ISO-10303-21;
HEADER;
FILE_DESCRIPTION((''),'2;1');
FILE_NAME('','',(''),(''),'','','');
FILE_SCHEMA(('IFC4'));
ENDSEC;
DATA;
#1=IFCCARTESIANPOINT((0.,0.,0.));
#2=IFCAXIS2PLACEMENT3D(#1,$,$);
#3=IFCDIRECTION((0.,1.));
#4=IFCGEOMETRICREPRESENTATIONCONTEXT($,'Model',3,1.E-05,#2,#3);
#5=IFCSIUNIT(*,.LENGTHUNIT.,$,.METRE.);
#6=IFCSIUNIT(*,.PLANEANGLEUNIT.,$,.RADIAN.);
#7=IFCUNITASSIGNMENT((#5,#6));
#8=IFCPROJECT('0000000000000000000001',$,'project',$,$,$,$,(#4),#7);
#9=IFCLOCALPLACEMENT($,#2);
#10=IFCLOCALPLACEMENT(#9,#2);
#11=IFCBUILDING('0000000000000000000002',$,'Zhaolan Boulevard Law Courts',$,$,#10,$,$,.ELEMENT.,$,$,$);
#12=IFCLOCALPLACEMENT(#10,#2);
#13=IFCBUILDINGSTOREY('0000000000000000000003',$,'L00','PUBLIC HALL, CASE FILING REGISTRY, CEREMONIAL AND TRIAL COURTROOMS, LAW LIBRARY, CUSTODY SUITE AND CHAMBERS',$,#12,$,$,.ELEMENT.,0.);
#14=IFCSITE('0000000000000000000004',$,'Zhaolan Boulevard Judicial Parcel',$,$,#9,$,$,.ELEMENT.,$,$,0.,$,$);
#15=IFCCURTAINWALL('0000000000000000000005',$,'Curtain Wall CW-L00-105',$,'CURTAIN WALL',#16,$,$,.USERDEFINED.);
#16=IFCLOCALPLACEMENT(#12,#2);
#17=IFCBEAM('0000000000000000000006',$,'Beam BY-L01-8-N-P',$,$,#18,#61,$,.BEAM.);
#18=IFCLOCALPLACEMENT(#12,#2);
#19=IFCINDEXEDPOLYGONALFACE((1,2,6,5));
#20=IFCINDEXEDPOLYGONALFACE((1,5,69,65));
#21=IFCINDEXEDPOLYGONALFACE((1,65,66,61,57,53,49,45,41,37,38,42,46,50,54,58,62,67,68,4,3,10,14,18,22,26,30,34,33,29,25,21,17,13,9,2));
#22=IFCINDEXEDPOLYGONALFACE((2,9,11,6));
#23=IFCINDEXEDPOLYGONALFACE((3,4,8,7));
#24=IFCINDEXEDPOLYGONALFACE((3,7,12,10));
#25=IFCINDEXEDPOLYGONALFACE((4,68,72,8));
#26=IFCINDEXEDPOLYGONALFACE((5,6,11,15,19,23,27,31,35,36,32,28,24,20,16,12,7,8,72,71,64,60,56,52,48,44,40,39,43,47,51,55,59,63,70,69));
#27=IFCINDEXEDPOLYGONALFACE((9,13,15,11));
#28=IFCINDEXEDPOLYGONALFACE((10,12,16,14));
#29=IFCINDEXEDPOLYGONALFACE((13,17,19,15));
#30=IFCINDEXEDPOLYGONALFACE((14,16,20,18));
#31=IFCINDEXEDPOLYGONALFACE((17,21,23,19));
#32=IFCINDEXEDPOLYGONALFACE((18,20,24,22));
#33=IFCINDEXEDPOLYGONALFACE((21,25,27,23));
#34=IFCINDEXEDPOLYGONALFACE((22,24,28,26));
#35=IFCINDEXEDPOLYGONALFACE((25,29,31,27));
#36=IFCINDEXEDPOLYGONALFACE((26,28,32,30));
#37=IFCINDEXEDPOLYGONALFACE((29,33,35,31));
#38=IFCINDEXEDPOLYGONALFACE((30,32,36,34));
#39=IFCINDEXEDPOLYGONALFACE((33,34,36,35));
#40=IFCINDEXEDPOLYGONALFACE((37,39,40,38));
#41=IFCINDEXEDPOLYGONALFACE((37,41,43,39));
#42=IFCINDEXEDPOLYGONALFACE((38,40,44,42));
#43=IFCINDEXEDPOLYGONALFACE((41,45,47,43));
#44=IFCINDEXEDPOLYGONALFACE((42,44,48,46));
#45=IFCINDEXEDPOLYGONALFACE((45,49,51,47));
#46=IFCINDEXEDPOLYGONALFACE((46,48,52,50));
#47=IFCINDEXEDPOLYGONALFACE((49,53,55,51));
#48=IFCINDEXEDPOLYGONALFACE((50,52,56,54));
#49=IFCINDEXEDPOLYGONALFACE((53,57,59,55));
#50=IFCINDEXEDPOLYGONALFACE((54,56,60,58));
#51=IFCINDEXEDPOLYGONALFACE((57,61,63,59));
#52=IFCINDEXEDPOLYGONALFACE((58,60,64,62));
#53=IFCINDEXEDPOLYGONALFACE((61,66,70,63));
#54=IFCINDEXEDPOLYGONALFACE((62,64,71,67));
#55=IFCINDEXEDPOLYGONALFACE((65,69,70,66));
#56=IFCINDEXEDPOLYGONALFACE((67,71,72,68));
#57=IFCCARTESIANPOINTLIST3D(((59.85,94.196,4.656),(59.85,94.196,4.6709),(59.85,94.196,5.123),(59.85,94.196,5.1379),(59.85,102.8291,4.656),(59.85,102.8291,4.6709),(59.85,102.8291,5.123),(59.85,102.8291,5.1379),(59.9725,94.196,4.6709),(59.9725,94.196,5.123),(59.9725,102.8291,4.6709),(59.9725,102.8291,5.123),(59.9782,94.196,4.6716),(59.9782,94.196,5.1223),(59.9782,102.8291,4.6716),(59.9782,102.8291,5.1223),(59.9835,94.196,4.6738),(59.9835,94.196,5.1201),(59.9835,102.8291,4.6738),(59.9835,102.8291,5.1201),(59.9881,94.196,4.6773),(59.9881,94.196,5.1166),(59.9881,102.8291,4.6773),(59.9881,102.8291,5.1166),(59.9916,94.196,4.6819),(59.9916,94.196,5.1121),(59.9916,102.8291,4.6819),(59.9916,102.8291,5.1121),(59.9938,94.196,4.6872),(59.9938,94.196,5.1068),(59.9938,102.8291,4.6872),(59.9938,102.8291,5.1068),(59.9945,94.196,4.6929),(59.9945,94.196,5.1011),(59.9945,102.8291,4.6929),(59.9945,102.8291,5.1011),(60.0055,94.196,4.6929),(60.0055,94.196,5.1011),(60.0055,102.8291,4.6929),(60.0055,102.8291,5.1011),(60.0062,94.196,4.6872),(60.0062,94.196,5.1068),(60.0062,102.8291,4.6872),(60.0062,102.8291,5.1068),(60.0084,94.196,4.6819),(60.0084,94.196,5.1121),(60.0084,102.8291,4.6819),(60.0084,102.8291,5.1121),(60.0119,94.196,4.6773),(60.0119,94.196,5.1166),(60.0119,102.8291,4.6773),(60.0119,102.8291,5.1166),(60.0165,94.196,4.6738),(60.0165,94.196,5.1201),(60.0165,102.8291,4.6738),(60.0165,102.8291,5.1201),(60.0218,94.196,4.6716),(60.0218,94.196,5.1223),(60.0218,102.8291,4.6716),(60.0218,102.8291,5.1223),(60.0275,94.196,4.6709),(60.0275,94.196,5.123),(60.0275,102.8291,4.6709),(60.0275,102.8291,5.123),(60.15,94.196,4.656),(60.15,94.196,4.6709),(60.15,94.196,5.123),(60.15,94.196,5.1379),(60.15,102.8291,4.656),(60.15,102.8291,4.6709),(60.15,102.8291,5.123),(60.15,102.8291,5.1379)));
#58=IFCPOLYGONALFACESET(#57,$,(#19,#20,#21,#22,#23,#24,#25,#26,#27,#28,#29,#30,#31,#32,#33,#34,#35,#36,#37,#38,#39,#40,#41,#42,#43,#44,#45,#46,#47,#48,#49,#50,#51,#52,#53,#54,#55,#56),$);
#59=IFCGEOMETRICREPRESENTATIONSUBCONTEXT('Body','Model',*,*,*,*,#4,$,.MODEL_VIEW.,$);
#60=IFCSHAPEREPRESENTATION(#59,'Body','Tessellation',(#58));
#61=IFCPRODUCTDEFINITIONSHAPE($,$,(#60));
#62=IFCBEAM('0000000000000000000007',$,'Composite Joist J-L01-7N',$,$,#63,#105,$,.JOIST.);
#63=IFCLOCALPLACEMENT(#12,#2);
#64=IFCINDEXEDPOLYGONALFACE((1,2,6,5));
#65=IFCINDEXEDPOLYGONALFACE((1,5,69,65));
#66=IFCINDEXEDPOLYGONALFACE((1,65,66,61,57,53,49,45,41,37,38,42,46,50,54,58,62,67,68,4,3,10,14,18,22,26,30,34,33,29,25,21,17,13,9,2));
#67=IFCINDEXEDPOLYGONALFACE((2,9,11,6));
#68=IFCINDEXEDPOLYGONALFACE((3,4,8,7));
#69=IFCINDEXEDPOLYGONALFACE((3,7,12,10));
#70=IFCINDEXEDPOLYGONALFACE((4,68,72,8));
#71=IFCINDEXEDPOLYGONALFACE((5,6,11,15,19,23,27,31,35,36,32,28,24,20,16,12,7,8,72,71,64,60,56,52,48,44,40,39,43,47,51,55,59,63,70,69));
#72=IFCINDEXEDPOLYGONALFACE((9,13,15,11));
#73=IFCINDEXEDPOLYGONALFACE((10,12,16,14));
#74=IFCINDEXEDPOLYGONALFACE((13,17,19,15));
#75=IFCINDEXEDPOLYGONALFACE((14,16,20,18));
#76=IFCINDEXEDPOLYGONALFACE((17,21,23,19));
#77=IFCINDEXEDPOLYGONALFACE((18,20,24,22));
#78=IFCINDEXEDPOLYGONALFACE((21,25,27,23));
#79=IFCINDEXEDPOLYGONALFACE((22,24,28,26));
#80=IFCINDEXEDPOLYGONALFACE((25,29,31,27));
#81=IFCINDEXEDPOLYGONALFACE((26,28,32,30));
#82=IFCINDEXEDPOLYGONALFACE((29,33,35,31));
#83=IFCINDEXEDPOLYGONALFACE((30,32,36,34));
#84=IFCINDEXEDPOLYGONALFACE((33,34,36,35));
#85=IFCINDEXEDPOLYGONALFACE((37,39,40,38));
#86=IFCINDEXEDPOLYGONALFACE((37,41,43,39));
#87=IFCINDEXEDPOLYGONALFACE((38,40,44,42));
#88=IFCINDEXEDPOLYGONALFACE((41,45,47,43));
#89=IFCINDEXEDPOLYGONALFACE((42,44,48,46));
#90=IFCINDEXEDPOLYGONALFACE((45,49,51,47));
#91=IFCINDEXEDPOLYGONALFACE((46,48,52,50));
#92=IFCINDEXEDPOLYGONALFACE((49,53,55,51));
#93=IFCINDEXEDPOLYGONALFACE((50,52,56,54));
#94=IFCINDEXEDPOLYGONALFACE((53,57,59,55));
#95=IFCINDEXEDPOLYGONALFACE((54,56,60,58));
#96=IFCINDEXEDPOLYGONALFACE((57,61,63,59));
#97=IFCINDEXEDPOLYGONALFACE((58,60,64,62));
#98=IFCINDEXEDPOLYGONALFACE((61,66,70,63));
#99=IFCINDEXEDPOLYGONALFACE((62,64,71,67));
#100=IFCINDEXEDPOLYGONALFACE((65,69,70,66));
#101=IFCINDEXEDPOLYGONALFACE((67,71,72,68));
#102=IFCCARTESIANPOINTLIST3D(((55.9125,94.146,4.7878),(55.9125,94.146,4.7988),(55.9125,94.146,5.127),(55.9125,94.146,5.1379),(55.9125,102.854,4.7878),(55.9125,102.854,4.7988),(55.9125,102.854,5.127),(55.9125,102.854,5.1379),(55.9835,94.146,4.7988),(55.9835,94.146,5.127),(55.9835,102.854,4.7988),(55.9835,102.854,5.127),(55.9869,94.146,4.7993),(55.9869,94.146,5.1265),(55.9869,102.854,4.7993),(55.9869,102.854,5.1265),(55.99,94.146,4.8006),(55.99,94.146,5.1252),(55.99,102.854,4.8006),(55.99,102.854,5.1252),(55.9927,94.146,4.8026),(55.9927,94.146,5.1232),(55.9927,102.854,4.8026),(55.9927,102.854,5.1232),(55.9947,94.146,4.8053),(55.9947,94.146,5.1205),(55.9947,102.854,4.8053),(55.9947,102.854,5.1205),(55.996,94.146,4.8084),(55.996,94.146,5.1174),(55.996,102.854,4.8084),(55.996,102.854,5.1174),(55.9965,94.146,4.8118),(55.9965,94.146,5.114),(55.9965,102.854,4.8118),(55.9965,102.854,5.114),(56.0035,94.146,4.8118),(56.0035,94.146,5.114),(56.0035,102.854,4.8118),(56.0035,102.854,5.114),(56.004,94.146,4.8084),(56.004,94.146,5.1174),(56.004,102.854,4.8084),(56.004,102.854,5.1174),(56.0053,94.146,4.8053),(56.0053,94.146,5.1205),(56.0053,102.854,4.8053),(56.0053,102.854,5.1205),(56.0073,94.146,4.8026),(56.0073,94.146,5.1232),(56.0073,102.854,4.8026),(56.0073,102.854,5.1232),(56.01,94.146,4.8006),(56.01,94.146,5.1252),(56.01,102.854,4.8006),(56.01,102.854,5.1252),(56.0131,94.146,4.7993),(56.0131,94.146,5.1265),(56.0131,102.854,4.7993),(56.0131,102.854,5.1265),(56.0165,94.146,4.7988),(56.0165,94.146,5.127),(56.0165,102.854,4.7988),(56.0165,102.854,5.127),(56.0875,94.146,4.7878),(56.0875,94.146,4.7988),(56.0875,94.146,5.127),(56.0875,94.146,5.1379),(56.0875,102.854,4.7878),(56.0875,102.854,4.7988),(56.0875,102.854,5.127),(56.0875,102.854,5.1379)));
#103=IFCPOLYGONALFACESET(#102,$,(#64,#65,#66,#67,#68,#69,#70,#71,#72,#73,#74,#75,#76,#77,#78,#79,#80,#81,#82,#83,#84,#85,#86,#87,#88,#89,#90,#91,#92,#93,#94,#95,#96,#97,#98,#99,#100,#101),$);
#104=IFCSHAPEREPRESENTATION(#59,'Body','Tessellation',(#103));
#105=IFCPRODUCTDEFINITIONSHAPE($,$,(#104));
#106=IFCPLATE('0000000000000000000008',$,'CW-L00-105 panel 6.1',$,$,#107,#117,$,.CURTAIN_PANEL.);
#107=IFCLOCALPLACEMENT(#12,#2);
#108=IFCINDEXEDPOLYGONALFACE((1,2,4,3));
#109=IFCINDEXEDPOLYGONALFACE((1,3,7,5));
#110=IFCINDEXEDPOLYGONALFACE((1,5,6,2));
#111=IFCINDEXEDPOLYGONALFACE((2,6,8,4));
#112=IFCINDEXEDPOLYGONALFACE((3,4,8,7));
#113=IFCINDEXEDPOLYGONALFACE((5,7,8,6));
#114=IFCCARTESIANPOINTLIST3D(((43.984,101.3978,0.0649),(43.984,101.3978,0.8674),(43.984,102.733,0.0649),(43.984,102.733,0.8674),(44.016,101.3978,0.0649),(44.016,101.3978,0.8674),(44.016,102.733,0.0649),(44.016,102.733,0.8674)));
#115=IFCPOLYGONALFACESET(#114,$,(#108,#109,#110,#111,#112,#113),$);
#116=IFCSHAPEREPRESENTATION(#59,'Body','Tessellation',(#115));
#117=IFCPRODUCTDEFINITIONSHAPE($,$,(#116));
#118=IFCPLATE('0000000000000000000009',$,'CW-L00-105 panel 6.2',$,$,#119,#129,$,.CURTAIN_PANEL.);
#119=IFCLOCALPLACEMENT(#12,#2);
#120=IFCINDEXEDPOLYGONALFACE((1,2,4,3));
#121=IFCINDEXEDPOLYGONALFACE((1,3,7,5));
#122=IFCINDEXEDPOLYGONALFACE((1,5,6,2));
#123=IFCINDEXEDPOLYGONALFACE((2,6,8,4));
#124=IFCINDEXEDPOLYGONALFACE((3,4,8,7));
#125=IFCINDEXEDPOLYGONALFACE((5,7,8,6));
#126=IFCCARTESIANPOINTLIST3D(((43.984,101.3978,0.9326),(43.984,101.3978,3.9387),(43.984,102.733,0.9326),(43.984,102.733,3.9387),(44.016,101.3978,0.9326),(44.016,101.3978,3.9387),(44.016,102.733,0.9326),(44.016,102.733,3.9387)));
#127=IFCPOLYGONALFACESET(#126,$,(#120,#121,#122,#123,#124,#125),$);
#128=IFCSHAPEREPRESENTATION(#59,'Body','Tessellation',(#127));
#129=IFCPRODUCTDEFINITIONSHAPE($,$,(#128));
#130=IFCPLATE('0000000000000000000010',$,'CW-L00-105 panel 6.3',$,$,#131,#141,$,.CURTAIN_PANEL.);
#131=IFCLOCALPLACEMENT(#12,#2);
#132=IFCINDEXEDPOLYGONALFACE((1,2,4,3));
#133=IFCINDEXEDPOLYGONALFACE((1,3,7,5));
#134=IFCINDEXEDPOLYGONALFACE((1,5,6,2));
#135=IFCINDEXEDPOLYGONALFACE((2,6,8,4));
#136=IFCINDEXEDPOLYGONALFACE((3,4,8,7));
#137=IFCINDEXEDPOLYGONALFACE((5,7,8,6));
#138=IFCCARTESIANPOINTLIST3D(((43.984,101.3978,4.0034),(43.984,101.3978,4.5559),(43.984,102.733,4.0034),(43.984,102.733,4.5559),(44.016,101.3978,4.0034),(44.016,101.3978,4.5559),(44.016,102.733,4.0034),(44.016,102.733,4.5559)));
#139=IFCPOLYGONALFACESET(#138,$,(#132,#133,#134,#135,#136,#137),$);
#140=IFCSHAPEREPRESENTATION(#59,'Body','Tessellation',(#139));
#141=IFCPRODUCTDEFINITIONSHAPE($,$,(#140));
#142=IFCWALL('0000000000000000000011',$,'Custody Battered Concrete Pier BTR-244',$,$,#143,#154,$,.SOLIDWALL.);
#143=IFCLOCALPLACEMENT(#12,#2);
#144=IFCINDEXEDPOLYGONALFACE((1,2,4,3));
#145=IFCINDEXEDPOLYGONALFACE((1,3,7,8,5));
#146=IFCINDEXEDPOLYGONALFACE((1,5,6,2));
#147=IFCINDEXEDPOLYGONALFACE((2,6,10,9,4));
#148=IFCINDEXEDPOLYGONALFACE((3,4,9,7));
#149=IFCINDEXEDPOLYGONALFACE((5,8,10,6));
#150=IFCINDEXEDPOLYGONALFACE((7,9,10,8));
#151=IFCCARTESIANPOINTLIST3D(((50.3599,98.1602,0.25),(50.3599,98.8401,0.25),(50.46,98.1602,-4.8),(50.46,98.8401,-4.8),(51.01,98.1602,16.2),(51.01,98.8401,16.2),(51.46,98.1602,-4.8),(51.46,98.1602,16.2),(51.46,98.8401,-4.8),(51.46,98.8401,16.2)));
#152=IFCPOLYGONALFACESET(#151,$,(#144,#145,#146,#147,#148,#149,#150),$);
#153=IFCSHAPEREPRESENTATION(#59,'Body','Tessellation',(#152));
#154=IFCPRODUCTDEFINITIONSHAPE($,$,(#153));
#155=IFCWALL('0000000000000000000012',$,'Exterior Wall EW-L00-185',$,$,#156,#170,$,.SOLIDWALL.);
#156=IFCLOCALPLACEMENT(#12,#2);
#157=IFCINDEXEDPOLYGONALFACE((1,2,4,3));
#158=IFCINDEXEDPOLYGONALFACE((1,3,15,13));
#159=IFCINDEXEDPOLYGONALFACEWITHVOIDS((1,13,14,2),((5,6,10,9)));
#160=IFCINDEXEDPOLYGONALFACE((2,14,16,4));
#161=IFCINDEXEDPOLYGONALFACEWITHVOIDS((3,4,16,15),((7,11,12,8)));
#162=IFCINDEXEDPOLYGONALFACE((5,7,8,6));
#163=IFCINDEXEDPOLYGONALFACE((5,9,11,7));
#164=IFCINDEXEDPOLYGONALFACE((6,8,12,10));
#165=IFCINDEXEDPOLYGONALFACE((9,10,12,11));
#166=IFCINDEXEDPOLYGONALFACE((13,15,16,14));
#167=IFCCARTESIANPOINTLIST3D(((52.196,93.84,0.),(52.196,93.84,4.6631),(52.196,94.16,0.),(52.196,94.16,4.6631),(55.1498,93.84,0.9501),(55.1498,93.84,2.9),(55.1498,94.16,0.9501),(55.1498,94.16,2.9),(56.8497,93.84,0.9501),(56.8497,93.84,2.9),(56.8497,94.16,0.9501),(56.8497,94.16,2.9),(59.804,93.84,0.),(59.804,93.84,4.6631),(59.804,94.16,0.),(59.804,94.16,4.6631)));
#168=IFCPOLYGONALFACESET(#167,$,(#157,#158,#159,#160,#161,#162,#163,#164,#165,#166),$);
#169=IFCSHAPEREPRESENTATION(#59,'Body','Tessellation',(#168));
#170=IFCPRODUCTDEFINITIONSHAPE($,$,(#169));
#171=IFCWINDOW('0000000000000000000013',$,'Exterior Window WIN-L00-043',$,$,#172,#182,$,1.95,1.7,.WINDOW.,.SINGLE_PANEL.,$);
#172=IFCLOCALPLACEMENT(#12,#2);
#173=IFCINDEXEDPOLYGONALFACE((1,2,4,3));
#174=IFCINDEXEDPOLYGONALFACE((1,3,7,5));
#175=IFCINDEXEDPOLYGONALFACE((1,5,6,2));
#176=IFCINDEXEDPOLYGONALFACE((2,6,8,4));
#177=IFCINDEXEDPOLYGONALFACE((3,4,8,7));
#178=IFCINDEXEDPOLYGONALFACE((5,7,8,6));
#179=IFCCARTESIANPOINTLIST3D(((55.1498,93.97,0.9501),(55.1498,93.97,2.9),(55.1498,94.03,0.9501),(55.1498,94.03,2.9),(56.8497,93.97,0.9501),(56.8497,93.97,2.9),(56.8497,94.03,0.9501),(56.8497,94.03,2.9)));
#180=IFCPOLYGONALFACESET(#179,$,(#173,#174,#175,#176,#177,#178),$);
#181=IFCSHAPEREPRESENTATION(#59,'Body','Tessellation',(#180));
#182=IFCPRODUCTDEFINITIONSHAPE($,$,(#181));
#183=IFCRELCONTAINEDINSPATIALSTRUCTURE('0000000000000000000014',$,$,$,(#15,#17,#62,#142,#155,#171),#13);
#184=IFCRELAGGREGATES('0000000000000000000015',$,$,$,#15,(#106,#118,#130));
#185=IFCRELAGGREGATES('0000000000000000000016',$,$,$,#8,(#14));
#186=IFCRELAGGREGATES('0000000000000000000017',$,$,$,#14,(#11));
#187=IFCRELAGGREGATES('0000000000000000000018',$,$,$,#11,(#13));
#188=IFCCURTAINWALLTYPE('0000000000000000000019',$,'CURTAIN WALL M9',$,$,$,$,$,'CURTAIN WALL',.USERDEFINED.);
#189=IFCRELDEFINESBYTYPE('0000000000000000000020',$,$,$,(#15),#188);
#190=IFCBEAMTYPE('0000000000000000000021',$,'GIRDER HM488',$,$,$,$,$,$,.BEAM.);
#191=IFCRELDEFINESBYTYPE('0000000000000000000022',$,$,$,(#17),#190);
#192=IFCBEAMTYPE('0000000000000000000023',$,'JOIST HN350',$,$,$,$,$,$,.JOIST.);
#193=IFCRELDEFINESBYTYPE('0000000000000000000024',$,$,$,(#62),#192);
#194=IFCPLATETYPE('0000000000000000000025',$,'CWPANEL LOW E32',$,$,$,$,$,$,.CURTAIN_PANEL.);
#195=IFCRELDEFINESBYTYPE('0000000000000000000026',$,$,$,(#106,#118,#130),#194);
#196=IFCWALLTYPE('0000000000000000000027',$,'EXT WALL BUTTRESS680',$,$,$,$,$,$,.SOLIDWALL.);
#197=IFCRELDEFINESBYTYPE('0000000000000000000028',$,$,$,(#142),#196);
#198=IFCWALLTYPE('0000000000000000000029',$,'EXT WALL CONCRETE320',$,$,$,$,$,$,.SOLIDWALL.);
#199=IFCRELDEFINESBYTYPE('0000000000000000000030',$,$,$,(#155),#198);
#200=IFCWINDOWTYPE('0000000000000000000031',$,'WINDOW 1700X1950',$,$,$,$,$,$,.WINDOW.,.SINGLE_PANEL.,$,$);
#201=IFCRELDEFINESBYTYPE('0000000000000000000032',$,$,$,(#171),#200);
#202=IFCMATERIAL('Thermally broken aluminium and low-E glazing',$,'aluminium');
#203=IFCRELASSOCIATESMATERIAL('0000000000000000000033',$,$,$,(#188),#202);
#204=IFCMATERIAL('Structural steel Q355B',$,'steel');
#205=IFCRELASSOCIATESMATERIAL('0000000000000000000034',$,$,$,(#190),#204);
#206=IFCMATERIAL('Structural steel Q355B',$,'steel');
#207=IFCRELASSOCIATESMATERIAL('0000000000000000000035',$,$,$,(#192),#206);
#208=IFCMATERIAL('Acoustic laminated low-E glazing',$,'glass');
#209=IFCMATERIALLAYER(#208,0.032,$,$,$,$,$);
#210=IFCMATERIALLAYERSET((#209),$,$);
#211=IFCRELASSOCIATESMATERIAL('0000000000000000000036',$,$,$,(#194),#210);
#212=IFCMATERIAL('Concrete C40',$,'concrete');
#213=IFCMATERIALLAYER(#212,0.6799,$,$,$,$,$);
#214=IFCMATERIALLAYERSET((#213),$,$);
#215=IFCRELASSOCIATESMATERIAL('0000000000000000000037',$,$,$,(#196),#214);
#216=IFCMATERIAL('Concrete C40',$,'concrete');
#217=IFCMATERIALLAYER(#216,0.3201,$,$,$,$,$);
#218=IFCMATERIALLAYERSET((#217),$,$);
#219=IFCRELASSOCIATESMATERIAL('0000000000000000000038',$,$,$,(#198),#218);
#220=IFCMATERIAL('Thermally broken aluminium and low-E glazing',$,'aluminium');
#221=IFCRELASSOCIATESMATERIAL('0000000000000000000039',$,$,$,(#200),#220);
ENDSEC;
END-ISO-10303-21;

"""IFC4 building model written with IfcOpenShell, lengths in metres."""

from ifc_helpers import new_model, si_unit, direction, frame, frame_2d, origin, origin_2d, place, context, subcontext, project, spatial, polyline, rectangle, i_section, outline, extrude, material, layer, layer_set, material_profile, profile_set, type_object, element, fill, aggregate, save


model = new_model("IFC4")

# Units and contexts
model_context = context("Model", 3, precision=1e-05, world=origin(), true_north=direction((0.0, 1.0)))
body_context = subcontext(model_context, "Body", "Model", "MODEL_VIEW")
ifc_project = project(units=[si_unit("LENGTHUNIT", "METRE"), si_unit("PLANEANGLEUNIT", "RADIAN")], contexts=[model_context])

# Site, building, storey
site_placement = place(None, origin())
site = spatial("IfcSite", under=ifc_project, at=site_placement, Name="Zhaolan Boulevard Judicial Parcel", CompositionType="ELEMENT", RefElevation=0.0)
building_placement = place(site_placement, origin())
building = spatial("IfcBuilding", under=site, at=building_placement, Name="Zhaolan Boulevard Law Courts", CompositionType="ELEMENT")
storey_placement = place(building_placement, origin())
storey = spatial("IfcBuildingStorey", under=building, at=storey_placement, Name="L00", Description="PUBLIC HALL, CASE FILING REGISTRY, CEREMONIAL AND TRIAL COURTROOMS, LAW LIBRARY, CUSTODY SUITE AND CHAMBERS", CompositionType="ELEMENT", Elevation=0.0)

# Curtain wall
ifc_material_1 = material(Name="Thermally broken aluminium and low-E glazing", Category="aluminium")
curtain_wall_type = type_object("IfcCurtainWallType", Name="CURTAIN WALL M9", ElementType="CURTAIN WALL", PredefinedType="USERDEFINED", material=ifc_material_1)
curtain_wall_placement = place(storey_placement, origin())
curtain_wall = element("IfcCurtainWall", 1, at=curtain_wall_placement, inside=storey, type_object=curtain_wall_type, Name="Curtain Wall CW-L00-105", ObjectType="CURTAIN WALL", PredefinedType="USERDEFINED")

# Beams
ifc_material_2 = material(Name="Structural steel Q355B", Category="steel")
ifc_material_profile_1 = material_profile(ifc_material_2, i_section(OverallWidth=0.3, OverallDepth=0.4819, WebThickness=0.011, FlangeThickness=0.0149, FilletRadius=0.022, at=origin_2d()), Name="HM482x300")
ifc_profile_set_1 = profile_set([ifc_material_profile_1], Name="Structural steel Q355B")
beam_type_1 = type_object("IfcBeamType", Name="GIRDER HM488", PredefinedType="BEAM", material=ifc_profile_set_1)
for number, where, z_axis, x_axis, name in (
    (2, (60.0, 94.196, 4.897), (0.0, 1.0, 0.0), (-1.0, 0.0, 0.0), "Beam BY-L01-8-N-P"),
):
    element("IfcBeam", number, at=place(storey_placement, frame(where, z_axis=z_axis, x_axis=x_axis)), inside=storey, type_object=beam_type_1, Name=name, PredefinedType="BEAM", context=body_context, shape_type="SweptSolid", body=[
        extrude(i_section(OverallWidth=0.3, OverallDepth=0.4819, WebThickness=0.011, FlangeThickness=0.0149, FilletRadius=0.022, at=origin_2d()), origin(), (0.0, 0.0, 1.0), 8.6331),
    ])
ifc_material_3 = material(Name="Structural steel Q355B", Category="steel")
ifc_material_profile_2 = material_profile(ifc_material_3, i_section(OverallWidth=0.175, OverallDepth=0.3501, WebThickness=0.0071, FlangeThickness=0.011, FilletRadius=0.0129, at=origin_2d()), Name="HN350x175")
ifc_profile_set_2 = profile_set([ifc_material_profile_2], Name="Structural steel Q355B")
beam_type_2 = type_object("IfcBeamType", Name="JOIST HN350", PredefinedType="JOIST", material=ifc_profile_set_2)
beam_1_placement = place(storey_placement, frame((56.0, 94.146, 4.9629), z_axis=(0.0, 1.0, 0.0), x_axis=(-1.0, 0.0, 0.0)))
element("IfcBeam", 3, at=beam_1_placement, inside=storey, type_object=beam_type_2, Name="Composite Joist J-L01-7N", PredefinedType="JOIST", context=body_context, shape_type="SweptSolid", body=[
    extrude(i_section(OverallWidth=0.175, OverallDepth=0.3501, WebThickness=0.0071, FlangeThickness=0.011, FilletRadius=0.0129, at=origin_2d()), origin(), (0.0, 0.0, 1.0), 8.708),
])

# Plates
ifc_material_4 = material(Name="Acoustic laminated low-E glazing", Category="glass")
ifc_layer_1 = layer(ifc_material_4, 0.032)
ifc_layer_set_1 = layer_set([ifc_layer_1])
plate_type = type_object("IfcPlateType", Name="CWPANEL LOW E32", PredefinedType="CURTAIN_PANEL", material=ifc_layer_set_1)
plate_1_placement = place(storey_placement, frame((44.0, 102.0654, 0.0649), z_axis=(0.0, 0.0, 1.0), x_axis=(0.0, 1.0, 0.0)))
plate_1 = element("IfcPlate", 4, at=plate_1_placement, type_object=plate_type, Name="CW-L00-105 panel 6.1", PredefinedType="CURTAIN_PANEL", context=body_context, shape_type="SweptSolid", body=[
    extrude(rectangle(XDim=1.3352, YDim=0.032, at=origin_2d()), origin(), (0.0, 0.0, 1.0), 0.8025),
])
plate_2_placement = place(storey_placement, frame((44.0, 102.0654, 0.9326), z_axis=(0.0, 0.0, 1.0), x_axis=(0.0, 1.0, 0.0)))
plate_2 = element("IfcPlate", 5, at=plate_2_placement, type_object=plate_type, Name="CW-L00-105 panel 6.2", PredefinedType="CURTAIN_PANEL", context=body_context, shape_type="SweptSolid", body=[
    extrude(rectangle(XDim=1.3352, YDim=0.032, at=origin_2d()), origin(), (0.0, 0.0, 1.0), 3.0061),
])
plate_3_placement = place(storey_placement, frame((44.0, 102.0654, 4.0034), z_axis=(0.0, 0.0, 1.0), x_axis=(0.0, 1.0, 0.0)))
plate_3 = element("IfcPlate", 6, at=plate_3_placement, type_object=plate_type, Name="CW-L00-105 panel 6.3", PredefinedType="CURTAIN_PANEL", context=body_context, shape_type="SweptSolid", body=[
    extrude(rectangle(XDim=1.3352, YDim=0.032, at=origin_2d()), origin(), (0.0, 0.0, 1.0), 0.5525),
])
aggregate(curtain_wall, [plate_1, plate_2, plate_3])

# Wall
ifc_material_5 = material(Name="Concrete C40", Category="concrete")
ifc_layer_2 = layer(ifc_material_5, 0.6799)
ifc_layer_set_2 = layer_set([ifc_layer_2])
wall_type_1 = type_object("IfcWallType", Name="EXT WALL BUTTRESS680", PredefinedType="SOLIDWALL", material=ifc_layer_set_2)
wall_1_placement = place(storey_placement, frame((51.46, 98.5, -4.8), z_axis=(0.0, 0.0, 1.0), x_axis=(-1.0, 0.0, 0.0)))
element("IfcWall", 7, at=wall_1_placement, inside=storey, type_object=wall_type_1, Name="Custody Battered Concrete Pier BTR-244", PredefinedType="SOLIDWALL", context=body_context, shape_type="SweptSolid", body=[
    extrude(outline(polyline([(0.0, 0.0), (1.0, 0.0), (1.1001, 5.05), (0.45, 21.0), (0.0, 21.0), (0.0, 0.0)])), frame((0.0, 0.3398, 0.0), z_axis=(0.0, -1.0, 0.0), x_axis=(1.0, 0.0, 0.0)), (0.0, 0.0, 1.0), 0.6799),
])

# Wall, opening, window
ifc_material_6 = material(Name="Concrete C40", Category="concrete")
ifc_layer_3 = layer(ifc_material_6, 0.3201)
ifc_layer_set_3 = layer_set([ifc_layer_3])
wall_type_2 = type_object("IfcWallType", Name="EXT WALL CONCRETE320", PredefinedType="SOLIDWALL", material=ifc_layer_set_3)
wall_2_placement = place(storey_placement, frame((59.804, 94.0, 0.0), z_axis=(0.0, 0.0, 1.0), x_axis=(-1.0, 0.0, 0.0)))
wall_2 = element("IfcWall", 8, at=wall_2_placement, inside=storey, type_object=wall_type_2, Name="Exterior Wall EW-L00-185", PredefinedType="SOLIDWALL", context=body_context, shape_type="SweptSolid", body=[
    extrude(rectangle(XDim=7.6079, YDim=0.3201, at=frame_2d((3.804, 0.0))), origin(), (0.0, 0.0, 1.0), 4.6631),
])
opening_placement = place(wall_2_placement, frame((2.9541, 0.0, 0.95)))
opening = element("IfcOpeningElement", 9, at=opening_placement, cuts=wall_2, PredefinedType="OPENING", context=body_context, shape_type="SweptSolid", body=[
    extrude(rectangle(XDim=1.7, YDim=1.95, at=frame_2d((0.8501, 0.9751))), frame((0.0, 0.1699, 0.0), z_axis=(0.0, -1.0, 0.0), x_axis=(1.0, 0.0, 0.0)), (0.0, 0.0, 1.0), 0.3401),
])
ifc_material_7 = material(Name="Thermally broken aluminium and low-E glazing", Category="aluminium")
window_type = type_object("IfcWindowType", Name="WINDOW 1700X1950", PartitioningType="SINGLE_PANEL", PredefinedType="WINDOW", material=ifc_material_7)
window_placement = place(opening_placement, origin())
window = element("IfcWindow", 10, at=window_placement, inside=storey, type_object=window_type, Name="Exterior Window WIN-L00-043", OverallHeight=1.95, OverallWidth=1.7, PartitioningType="SINGLE_PANEL", PredefinedType="WINDOW", context=body_context, shape_type="SweptSolid", body=[
    extrude(rectangle(XDim=1.7, YDim=1.95, at=frame_2d((0.8501, 0.9751))), frame((0.0, 0.03, 0.0), z_axis=(0.0, -1.0, 0.0), x_axis=(1.0, 0.0, 0.0)), (0.0, 0.0, 1.0), 0.0601),
])
fill(opening, window)

save(model, "model.ifc")
